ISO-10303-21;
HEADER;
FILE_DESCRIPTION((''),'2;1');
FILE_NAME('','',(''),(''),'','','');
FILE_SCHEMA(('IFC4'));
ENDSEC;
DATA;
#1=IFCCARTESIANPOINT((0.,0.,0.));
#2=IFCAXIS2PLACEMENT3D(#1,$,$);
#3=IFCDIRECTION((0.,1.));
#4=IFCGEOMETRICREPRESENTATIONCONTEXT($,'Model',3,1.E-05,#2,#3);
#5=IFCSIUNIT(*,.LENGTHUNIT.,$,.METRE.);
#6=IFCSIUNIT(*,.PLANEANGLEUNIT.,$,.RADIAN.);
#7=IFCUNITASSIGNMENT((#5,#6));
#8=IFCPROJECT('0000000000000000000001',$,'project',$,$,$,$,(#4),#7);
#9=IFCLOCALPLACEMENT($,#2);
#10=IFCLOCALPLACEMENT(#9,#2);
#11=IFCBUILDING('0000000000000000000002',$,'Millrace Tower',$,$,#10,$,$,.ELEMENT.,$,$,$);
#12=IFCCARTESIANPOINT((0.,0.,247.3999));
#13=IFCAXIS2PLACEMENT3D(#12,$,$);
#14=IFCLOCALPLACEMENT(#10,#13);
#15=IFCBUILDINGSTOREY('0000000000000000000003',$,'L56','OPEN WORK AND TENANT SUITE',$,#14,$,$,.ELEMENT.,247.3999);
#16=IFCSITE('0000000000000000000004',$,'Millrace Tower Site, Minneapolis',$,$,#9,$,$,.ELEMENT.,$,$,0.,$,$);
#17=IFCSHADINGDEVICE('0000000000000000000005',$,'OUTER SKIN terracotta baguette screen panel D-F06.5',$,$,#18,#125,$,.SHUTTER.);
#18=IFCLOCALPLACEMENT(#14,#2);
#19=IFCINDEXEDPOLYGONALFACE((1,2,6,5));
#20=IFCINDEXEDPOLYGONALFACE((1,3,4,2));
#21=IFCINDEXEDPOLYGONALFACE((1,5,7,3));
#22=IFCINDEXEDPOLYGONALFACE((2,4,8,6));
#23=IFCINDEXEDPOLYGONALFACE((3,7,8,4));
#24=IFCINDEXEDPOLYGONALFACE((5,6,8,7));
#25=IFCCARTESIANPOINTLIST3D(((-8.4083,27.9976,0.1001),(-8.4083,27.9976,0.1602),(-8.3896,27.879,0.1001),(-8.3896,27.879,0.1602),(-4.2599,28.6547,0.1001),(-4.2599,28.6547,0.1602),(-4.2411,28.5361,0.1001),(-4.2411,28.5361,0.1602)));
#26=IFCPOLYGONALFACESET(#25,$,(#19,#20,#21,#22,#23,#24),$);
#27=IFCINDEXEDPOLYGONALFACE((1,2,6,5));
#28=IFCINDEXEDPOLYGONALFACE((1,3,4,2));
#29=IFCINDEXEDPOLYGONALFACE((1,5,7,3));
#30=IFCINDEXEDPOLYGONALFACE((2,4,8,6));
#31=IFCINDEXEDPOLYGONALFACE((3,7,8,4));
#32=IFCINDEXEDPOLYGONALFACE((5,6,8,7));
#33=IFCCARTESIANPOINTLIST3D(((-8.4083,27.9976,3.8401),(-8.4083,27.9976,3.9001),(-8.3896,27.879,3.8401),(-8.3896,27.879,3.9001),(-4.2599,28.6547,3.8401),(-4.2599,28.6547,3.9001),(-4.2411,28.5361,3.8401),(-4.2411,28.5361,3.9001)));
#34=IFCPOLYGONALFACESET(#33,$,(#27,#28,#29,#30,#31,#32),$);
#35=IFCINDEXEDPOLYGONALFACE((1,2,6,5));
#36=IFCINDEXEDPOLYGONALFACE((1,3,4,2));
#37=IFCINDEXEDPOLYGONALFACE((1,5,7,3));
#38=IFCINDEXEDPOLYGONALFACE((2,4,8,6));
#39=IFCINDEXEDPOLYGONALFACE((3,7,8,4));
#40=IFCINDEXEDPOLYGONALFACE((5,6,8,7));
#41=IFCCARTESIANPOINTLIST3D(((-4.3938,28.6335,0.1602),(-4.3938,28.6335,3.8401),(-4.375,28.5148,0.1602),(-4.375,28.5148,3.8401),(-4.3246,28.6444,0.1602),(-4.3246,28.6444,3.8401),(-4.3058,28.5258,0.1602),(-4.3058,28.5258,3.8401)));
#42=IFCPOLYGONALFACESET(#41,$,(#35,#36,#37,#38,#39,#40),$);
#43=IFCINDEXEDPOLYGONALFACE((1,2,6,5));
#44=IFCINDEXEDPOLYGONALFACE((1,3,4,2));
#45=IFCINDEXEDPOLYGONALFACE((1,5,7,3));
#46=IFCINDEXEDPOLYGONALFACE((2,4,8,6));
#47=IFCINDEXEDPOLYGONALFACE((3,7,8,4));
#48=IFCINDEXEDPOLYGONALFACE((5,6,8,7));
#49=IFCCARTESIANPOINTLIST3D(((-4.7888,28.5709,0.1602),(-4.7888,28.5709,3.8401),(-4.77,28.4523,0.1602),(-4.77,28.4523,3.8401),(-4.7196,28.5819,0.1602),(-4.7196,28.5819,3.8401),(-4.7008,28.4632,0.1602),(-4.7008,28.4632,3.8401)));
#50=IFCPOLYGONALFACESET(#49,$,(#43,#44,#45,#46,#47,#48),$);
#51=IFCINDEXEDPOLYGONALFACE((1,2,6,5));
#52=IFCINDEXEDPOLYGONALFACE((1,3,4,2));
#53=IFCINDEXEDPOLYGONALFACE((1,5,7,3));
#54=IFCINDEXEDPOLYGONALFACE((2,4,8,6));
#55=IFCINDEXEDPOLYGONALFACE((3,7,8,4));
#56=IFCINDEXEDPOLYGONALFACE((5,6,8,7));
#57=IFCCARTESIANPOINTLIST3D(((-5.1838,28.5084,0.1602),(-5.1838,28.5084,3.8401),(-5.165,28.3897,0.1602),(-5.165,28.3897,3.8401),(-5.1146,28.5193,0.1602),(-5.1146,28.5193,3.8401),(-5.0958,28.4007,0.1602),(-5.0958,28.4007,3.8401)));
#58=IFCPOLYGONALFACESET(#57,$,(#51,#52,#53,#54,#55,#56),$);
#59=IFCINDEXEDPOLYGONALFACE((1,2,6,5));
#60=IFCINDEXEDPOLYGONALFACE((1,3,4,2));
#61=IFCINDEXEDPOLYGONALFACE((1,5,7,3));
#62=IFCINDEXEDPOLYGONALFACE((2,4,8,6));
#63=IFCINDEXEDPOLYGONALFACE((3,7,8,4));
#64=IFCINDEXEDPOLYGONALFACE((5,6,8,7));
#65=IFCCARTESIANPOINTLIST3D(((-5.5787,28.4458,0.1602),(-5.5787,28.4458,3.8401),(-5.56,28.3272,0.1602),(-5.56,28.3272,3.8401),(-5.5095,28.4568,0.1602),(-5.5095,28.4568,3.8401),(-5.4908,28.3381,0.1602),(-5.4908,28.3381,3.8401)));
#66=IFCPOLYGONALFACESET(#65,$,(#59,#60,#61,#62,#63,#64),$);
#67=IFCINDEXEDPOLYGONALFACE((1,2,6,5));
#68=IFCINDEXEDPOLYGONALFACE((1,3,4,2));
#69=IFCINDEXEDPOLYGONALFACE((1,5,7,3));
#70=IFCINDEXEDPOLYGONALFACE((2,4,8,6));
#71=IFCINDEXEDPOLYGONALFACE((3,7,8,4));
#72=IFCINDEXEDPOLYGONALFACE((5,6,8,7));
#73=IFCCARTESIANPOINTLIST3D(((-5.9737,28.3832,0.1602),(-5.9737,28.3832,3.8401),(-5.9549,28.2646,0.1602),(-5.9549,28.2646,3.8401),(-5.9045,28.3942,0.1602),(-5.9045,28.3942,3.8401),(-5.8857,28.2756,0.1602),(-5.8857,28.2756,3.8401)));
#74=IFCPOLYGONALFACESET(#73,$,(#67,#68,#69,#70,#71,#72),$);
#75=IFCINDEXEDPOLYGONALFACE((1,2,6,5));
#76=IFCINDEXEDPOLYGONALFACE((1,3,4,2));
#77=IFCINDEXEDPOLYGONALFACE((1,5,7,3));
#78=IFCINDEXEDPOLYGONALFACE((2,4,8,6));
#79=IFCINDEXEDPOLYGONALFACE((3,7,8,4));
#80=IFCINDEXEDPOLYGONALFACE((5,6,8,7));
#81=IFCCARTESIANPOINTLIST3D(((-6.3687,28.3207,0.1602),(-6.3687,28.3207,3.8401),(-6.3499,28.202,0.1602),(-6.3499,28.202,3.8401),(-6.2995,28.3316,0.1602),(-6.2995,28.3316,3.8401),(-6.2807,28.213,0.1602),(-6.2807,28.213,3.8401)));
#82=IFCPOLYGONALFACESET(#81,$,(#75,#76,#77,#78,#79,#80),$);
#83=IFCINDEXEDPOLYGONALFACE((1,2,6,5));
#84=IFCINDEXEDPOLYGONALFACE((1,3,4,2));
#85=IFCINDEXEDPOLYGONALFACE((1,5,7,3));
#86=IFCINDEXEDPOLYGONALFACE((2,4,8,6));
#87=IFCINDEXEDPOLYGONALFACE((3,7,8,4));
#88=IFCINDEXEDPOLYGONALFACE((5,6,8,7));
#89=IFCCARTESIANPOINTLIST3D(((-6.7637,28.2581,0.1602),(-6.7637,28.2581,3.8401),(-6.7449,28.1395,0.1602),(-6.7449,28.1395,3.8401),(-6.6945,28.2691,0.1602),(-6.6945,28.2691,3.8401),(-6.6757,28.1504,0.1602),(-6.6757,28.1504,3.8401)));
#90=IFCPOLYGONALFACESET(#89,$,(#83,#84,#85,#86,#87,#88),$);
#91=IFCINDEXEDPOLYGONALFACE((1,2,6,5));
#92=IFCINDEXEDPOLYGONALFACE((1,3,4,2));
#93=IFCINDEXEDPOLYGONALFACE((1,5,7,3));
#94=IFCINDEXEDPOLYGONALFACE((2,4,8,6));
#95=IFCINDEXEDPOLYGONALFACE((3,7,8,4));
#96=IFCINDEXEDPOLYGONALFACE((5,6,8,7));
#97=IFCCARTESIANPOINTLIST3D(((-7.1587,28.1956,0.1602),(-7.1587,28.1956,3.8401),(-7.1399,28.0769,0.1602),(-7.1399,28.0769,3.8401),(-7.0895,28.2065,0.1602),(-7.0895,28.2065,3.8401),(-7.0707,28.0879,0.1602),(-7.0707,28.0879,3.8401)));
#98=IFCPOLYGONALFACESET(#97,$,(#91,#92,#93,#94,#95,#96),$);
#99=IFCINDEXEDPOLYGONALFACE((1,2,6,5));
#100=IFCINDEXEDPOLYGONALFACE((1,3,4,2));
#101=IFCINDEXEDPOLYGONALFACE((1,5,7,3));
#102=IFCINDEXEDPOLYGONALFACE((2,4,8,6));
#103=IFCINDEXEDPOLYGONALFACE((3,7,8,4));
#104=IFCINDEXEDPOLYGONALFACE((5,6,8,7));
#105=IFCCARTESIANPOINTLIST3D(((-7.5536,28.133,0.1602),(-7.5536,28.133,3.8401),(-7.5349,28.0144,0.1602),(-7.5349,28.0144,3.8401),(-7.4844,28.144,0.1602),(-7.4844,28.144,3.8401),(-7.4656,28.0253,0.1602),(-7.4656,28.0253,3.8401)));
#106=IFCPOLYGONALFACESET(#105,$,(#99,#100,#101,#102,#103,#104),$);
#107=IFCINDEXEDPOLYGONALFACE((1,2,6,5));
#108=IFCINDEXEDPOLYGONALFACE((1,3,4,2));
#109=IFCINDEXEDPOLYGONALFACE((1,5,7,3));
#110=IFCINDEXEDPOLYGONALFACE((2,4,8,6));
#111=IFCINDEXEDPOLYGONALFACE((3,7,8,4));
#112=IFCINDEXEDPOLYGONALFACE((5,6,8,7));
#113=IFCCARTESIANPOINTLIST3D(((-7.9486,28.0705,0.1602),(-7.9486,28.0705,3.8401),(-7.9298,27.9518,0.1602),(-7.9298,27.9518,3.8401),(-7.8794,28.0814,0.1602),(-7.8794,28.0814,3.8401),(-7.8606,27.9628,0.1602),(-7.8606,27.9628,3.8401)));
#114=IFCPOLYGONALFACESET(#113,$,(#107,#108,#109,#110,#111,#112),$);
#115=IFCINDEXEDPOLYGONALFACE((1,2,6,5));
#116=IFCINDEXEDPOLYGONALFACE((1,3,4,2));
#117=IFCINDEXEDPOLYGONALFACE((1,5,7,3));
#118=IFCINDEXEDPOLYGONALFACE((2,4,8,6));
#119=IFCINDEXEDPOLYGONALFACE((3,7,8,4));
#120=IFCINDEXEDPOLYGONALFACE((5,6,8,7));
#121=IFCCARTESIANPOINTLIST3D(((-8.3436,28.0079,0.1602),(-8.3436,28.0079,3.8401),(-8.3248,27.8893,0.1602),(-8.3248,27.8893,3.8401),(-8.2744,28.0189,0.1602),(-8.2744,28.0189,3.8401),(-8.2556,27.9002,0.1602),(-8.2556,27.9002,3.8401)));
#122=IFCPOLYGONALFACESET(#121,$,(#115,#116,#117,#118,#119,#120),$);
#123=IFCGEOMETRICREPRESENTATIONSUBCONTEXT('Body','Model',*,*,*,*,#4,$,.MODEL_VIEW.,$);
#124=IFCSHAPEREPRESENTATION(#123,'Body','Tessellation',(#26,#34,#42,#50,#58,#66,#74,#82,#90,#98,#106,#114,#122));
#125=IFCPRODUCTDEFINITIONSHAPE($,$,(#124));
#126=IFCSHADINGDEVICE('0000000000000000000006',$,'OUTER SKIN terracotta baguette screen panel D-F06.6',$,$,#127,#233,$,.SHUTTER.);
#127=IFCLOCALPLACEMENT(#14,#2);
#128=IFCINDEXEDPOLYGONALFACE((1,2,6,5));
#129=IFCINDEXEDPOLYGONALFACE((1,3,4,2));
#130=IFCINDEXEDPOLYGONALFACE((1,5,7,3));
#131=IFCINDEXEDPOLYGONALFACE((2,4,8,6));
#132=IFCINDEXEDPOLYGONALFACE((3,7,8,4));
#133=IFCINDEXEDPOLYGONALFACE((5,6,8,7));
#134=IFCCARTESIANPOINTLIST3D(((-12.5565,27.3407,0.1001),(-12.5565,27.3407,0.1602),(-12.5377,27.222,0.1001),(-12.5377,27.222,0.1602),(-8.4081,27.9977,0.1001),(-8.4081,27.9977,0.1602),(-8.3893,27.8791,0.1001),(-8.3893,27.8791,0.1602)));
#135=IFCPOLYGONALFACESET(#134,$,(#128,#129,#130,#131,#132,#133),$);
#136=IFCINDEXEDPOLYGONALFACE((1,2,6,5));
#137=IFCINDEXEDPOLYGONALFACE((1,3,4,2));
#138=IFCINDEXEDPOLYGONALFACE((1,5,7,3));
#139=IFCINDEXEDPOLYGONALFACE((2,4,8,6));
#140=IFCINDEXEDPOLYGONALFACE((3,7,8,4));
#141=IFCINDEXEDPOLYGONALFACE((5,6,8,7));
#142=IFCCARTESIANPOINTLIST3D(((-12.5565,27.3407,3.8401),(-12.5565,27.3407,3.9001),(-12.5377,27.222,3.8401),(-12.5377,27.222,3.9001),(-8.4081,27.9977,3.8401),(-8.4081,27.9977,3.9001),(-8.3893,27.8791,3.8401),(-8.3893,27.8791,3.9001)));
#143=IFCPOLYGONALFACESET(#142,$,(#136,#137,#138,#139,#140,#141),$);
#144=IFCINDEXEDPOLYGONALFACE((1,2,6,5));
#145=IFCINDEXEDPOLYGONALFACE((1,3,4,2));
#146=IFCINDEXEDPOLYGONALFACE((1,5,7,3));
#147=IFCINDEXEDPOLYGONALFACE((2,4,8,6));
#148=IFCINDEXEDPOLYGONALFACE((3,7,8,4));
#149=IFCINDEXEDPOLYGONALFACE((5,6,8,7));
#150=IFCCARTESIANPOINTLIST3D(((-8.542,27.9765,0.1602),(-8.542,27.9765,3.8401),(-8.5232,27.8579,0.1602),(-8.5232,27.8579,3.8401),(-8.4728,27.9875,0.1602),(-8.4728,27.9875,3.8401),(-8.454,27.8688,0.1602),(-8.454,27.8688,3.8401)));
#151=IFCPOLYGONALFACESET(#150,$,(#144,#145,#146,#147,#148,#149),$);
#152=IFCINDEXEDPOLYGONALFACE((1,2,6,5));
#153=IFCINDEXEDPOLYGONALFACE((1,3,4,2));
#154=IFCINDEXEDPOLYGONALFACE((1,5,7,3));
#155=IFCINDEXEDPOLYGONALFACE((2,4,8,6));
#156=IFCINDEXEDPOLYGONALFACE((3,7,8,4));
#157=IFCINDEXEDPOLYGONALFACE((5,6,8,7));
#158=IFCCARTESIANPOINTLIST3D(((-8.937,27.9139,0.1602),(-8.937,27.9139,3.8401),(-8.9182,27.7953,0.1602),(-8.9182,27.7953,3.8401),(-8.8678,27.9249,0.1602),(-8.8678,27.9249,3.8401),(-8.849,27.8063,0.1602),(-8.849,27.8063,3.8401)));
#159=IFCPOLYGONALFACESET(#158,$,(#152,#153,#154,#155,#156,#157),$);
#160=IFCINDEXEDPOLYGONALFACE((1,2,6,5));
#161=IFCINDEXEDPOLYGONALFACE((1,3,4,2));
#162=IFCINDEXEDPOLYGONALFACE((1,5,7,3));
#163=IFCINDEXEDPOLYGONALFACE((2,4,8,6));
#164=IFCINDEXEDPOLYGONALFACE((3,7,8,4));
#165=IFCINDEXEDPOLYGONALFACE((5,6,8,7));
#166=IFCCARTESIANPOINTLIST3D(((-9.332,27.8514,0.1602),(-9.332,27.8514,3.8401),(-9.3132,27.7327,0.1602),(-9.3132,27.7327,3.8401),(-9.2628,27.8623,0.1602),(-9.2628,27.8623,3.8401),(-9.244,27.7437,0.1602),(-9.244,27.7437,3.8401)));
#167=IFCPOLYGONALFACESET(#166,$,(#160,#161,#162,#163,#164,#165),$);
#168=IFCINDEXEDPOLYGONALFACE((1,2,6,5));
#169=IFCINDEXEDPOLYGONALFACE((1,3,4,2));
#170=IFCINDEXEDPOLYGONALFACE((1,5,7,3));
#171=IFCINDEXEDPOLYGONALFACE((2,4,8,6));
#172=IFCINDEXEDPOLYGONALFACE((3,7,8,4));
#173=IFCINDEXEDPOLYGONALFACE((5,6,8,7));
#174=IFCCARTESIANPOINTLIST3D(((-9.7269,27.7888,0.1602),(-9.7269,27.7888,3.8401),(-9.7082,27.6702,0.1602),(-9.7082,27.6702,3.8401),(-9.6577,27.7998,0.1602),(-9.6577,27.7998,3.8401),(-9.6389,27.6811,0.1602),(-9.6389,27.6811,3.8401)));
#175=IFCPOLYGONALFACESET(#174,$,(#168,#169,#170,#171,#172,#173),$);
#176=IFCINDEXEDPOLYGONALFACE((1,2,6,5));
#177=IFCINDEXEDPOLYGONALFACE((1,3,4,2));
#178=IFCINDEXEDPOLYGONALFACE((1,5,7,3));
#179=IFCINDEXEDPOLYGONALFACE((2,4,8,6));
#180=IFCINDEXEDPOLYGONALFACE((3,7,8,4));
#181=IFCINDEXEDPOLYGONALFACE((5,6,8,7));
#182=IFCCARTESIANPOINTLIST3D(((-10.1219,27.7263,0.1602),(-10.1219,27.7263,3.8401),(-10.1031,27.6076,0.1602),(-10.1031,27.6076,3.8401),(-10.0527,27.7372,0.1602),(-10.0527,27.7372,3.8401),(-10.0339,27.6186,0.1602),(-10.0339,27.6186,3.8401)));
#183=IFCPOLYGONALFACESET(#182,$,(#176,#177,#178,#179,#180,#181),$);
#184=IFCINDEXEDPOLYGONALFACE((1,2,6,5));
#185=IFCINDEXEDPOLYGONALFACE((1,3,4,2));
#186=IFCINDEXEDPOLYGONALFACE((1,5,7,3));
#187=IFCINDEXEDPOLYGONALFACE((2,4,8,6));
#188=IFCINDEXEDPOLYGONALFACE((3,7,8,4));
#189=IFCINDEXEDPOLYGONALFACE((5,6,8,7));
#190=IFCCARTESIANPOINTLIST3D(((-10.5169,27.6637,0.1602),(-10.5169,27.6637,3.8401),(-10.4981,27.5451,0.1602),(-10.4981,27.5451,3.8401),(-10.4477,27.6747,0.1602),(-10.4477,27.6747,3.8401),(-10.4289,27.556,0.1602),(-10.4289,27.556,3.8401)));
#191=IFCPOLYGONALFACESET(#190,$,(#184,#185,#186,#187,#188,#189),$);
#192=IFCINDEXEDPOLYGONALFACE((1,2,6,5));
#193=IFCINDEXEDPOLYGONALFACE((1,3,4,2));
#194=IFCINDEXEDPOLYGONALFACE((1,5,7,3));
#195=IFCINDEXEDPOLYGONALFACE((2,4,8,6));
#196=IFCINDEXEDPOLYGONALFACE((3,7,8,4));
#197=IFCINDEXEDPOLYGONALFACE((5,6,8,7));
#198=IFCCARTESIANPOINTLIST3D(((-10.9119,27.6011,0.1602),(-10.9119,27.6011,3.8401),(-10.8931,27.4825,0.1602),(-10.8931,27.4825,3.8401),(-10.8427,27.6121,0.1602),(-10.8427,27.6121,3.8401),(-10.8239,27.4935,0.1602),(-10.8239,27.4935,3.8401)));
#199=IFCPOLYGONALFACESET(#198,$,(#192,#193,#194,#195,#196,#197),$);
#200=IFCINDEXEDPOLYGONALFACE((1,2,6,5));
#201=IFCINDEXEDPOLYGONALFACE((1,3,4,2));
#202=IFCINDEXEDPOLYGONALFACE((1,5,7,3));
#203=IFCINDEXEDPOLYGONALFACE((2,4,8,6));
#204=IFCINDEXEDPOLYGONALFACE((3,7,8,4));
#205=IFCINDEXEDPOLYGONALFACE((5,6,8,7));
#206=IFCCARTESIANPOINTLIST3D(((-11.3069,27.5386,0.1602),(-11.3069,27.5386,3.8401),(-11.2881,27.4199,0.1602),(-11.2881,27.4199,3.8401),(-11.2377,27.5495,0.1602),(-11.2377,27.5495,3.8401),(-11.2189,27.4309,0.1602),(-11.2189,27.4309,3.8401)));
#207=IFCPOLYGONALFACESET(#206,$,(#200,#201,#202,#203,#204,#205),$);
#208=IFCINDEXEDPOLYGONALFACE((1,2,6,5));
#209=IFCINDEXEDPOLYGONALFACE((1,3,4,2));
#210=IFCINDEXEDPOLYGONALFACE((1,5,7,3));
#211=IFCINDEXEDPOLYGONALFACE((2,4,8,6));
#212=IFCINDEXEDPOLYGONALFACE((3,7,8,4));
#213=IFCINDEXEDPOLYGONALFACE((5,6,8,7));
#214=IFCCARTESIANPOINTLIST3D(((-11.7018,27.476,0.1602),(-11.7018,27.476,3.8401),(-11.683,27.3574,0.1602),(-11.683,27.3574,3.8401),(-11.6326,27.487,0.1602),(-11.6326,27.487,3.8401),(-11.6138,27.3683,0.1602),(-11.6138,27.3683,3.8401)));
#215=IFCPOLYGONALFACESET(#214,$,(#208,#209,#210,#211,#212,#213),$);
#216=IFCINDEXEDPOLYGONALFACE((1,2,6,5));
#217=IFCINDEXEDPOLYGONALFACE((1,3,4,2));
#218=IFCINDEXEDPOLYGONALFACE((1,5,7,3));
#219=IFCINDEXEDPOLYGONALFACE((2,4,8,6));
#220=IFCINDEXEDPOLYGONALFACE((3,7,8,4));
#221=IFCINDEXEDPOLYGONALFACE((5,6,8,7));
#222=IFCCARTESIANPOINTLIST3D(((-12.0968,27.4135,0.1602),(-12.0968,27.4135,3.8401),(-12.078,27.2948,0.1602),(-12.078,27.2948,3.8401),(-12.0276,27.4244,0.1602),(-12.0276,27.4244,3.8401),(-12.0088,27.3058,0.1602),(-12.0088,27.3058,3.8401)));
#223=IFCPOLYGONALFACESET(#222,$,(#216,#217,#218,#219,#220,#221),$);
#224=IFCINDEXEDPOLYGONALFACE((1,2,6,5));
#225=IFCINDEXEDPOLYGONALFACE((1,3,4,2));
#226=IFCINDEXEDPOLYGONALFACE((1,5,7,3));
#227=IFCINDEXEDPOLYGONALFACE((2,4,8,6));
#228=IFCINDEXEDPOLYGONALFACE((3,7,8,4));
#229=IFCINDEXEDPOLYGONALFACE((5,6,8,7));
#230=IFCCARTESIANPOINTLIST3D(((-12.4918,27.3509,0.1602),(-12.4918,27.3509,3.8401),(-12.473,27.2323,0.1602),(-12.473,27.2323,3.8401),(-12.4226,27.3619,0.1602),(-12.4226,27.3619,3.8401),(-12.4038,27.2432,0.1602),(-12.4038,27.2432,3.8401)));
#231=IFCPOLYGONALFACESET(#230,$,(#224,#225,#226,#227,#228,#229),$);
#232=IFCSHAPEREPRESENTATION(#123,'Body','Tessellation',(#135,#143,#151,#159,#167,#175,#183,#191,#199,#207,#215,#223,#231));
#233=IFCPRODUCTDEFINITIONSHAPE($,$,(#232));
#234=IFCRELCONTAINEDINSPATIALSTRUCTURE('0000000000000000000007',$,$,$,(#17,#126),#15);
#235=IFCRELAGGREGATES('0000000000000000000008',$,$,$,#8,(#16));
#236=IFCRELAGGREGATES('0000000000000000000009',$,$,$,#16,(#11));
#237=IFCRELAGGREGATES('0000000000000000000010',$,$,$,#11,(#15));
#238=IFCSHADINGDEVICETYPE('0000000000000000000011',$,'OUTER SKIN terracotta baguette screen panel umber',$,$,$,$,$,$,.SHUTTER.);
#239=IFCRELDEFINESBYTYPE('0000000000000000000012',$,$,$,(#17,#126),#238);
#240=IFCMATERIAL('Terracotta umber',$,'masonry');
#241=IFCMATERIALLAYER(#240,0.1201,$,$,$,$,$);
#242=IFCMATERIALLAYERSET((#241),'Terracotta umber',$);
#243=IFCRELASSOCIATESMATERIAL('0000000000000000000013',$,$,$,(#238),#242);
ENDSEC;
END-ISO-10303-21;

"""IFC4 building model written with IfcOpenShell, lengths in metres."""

from ifc_helpers import new_model, entity, si_unit, direction, frame, frame_2d, origin, origin_2d, place, context, subcontext, project, spatial, rectangle, extrude, source, transform, mapped, material, layer, layer_set, type_object, element, save


model = new_model("IFC4")

# Units and contexts
model_context = context("Model", 3, precision=1e-05, world=origin(), true_north=direction((0.0, 1.0)))
body_context = subcontext(model_context, "Body", "Model", "MODEL_VIEW")
ifc_project = project(units=[si_unit("LENGTHUNIT", "METRE"), si_unit("PLANEANGLEUNIT", "RADIAN")], contexts=[model_context])

# Site, building, storey
site_placement = place(None, origin())
site = spatial("IfcSite", under=ifc_project, at=site_placement, Name="Millrace Tower Site, Minneapolis", CompositionType="ELEMENT", RefElevation=0.0)
building_placement = place(site_placement, origin())
building = spatial("IfcBuilding", under=site, at=building_placement, Name="Millrace Tower", CompositionType="ELEMENT")
storey_placement = place(building_placement, frame((0.0, 0.0, 247.3999)))
storey = spatial("IfcBuildingStorey", under=building, at=storey_placement, Name="L56", Description="OPEN WORK AND TENANT SUITE", CompositionType="ELEMENT", Elevation=247.3999)

# Shading devices
ifc_material_1 = material(Name="Terracotta umber", Category="masonry")
ifc_layer_1 = layer(ifc_material_1, 0.1201)
ifc_layer_set_1 = layer_set([ifc_layer_1], Name="Terracotta umber")
shading_device_type = type_object("IfcShadingDeviceType", Name="OUTER SKIN terracotta baguette screen panel umber", PredefinedType="SHUTTER", material=ifc_layer_set_1)
cartesian_point = entity("IfcCartesianPoint", [-2.1001, 0.0601])
shared_polyline = entity("IfcPolyline", [cartesian_point, entity("IfcCartesianPoint", [2.1001, 0.0601]), entity("IfcCartesianPoint", [2.1001, -0.0601]), entity("IfcCartesianPoint", [-2.1001, -0.0601]), cartesian_point])
shared_shape = source(origin(), body_context, "Body", "SweptSolid", [
    entity("IfcExtrudedAreaSolid", entity("IfcArbitraryClosedProfileDef", "AREA", None, shared_polyline), entity("IfcAxis2Placement3D", entity("IfcCartesianPoint", [0.0, 0.0, 0.0])), entity("IfcDirection", [0.0, 0.0, 1.0]), 0.0601),
    entity("IfcExtrudedAreaSolid", entity("IfcArbitraryClosedProfileDef", "AREA", None, shared_polyline), entity("IfcAxis2Placement3D", entity("IfcCartesianPoint", [0.0, 0.0, 3.74])), entity("IfcDirection", [0.0, 0.0, 1.0]), 0.0601),
    extrude(rectangle(XDim=0.0701, YDim=0.1201, at=frame_2d((-1.9995, 0.0))), frame((0.0, 0.0, 0.0601)), (0.0, 0.0, 1.0), 3.6799),
    extrude(rectangle(XDim=0.0701, YDim=0.1201, at=frame_2d((-1.5996, 0.0))), frame((0.0, 0.0, 0.0601)), (0.0, 0.0, 1.0), 3.6799),
    extrude(rectangle(XDim=0.0701, YDim=0.1201, at=frame_2d((-1.1997, 0.0))), frame((0.0, 0.0, 0.0601)), (0.0, 0.0, 1.0), 3.6799),
    extrude(rectangle(XDim=0.0701, YDim=0.1201, at=frame_2d((-0.7998, 0.0))), frame((0.0, 0.0, 0.0601)), (0.0, 0.0, 1.0), 3.6799),
    extrude(rectangle(XDim=0.0701, YDim=0.1201, at=frame_2d((-0.3999, 0.0))), frame((0.0, 0.0, 0.0601)), (0.0, 0.0, 1.0), 3.6799),
    extrude(rectangle(XDim=0.0701, YDim=0.1201, at=origin_2d()), frame((0.0, 0.0, 0.0601)), (0.0, 0.0, 1.0), 3.6799),
    extrude(rectangle(XDim=0.0701, YDim=0.1201, at=frame_2d((0.3999, 0.0))), frame((0.0, 0.0, 0.0601)), (0.0, 0.0, 1.0), 3.6799),
    extrude(rectangle(XDim=0.0701, YDim=0.1201, at=frame_2d((0.7998, 0.0))), frame((0.0, 0.0, 0.0601)), (0.0, 0.0, 1.0), 3.6799),
    extrude(rectangle(XDim=0.0701, YDim=0.1201, at=frame_2d((1.1997, 0.0))), frame((0.0, 0.0, 0.0601)), (0.0, 0.0, 1.0), 3.6799),
    extrude(rectangle(XDim=0.0701, YDim=0.1201, at=frame_2d((1.5996, 0.0))), frame((0.0, 0.0, 0.0601)), (0.0, 0.0, 1.0), 3.6799),
    extrude(rectangle(XDim=0.0701, YDim=0.1201, at=frame_2d((1.9995, 0.0))), frame((0.0, 0.0, 0.0601)), (0.0, 0.0, 1.0), 3.6799),
])
for number, where, z_axis, x_axis, name in (
    (1, (-6.3247, 28.2668, 0.1001), (0.0, 0.0, 1.0), (-0.987688, -0.156434, 0.0), "OUTER SKIN terracotta baguette screen panel D-F06.5"),
    (2, (-10.4729, 27.6099, 0.1001), (0.0, 0.0, 1.0), (-0.987688, -0.156434, 0.0), "OUTER SKIN terracotta baguette screen panel D-F06.6"),
):
    element("IfcShadingDevice", number, at=place(storey_placement, frame(where, z_axis=z_axis, x_axis=x_axis)), inside=storey, type_object=shading_device_type, Name=name, PredefinedType="SHUTTER", context=body_context, shape_type="MappedRepresentation", body=[
        mapped(shared_shape, transform((0.0, 0.0, 0.0), scale=1.0)),
    ])

save(model, "model.ifc")
